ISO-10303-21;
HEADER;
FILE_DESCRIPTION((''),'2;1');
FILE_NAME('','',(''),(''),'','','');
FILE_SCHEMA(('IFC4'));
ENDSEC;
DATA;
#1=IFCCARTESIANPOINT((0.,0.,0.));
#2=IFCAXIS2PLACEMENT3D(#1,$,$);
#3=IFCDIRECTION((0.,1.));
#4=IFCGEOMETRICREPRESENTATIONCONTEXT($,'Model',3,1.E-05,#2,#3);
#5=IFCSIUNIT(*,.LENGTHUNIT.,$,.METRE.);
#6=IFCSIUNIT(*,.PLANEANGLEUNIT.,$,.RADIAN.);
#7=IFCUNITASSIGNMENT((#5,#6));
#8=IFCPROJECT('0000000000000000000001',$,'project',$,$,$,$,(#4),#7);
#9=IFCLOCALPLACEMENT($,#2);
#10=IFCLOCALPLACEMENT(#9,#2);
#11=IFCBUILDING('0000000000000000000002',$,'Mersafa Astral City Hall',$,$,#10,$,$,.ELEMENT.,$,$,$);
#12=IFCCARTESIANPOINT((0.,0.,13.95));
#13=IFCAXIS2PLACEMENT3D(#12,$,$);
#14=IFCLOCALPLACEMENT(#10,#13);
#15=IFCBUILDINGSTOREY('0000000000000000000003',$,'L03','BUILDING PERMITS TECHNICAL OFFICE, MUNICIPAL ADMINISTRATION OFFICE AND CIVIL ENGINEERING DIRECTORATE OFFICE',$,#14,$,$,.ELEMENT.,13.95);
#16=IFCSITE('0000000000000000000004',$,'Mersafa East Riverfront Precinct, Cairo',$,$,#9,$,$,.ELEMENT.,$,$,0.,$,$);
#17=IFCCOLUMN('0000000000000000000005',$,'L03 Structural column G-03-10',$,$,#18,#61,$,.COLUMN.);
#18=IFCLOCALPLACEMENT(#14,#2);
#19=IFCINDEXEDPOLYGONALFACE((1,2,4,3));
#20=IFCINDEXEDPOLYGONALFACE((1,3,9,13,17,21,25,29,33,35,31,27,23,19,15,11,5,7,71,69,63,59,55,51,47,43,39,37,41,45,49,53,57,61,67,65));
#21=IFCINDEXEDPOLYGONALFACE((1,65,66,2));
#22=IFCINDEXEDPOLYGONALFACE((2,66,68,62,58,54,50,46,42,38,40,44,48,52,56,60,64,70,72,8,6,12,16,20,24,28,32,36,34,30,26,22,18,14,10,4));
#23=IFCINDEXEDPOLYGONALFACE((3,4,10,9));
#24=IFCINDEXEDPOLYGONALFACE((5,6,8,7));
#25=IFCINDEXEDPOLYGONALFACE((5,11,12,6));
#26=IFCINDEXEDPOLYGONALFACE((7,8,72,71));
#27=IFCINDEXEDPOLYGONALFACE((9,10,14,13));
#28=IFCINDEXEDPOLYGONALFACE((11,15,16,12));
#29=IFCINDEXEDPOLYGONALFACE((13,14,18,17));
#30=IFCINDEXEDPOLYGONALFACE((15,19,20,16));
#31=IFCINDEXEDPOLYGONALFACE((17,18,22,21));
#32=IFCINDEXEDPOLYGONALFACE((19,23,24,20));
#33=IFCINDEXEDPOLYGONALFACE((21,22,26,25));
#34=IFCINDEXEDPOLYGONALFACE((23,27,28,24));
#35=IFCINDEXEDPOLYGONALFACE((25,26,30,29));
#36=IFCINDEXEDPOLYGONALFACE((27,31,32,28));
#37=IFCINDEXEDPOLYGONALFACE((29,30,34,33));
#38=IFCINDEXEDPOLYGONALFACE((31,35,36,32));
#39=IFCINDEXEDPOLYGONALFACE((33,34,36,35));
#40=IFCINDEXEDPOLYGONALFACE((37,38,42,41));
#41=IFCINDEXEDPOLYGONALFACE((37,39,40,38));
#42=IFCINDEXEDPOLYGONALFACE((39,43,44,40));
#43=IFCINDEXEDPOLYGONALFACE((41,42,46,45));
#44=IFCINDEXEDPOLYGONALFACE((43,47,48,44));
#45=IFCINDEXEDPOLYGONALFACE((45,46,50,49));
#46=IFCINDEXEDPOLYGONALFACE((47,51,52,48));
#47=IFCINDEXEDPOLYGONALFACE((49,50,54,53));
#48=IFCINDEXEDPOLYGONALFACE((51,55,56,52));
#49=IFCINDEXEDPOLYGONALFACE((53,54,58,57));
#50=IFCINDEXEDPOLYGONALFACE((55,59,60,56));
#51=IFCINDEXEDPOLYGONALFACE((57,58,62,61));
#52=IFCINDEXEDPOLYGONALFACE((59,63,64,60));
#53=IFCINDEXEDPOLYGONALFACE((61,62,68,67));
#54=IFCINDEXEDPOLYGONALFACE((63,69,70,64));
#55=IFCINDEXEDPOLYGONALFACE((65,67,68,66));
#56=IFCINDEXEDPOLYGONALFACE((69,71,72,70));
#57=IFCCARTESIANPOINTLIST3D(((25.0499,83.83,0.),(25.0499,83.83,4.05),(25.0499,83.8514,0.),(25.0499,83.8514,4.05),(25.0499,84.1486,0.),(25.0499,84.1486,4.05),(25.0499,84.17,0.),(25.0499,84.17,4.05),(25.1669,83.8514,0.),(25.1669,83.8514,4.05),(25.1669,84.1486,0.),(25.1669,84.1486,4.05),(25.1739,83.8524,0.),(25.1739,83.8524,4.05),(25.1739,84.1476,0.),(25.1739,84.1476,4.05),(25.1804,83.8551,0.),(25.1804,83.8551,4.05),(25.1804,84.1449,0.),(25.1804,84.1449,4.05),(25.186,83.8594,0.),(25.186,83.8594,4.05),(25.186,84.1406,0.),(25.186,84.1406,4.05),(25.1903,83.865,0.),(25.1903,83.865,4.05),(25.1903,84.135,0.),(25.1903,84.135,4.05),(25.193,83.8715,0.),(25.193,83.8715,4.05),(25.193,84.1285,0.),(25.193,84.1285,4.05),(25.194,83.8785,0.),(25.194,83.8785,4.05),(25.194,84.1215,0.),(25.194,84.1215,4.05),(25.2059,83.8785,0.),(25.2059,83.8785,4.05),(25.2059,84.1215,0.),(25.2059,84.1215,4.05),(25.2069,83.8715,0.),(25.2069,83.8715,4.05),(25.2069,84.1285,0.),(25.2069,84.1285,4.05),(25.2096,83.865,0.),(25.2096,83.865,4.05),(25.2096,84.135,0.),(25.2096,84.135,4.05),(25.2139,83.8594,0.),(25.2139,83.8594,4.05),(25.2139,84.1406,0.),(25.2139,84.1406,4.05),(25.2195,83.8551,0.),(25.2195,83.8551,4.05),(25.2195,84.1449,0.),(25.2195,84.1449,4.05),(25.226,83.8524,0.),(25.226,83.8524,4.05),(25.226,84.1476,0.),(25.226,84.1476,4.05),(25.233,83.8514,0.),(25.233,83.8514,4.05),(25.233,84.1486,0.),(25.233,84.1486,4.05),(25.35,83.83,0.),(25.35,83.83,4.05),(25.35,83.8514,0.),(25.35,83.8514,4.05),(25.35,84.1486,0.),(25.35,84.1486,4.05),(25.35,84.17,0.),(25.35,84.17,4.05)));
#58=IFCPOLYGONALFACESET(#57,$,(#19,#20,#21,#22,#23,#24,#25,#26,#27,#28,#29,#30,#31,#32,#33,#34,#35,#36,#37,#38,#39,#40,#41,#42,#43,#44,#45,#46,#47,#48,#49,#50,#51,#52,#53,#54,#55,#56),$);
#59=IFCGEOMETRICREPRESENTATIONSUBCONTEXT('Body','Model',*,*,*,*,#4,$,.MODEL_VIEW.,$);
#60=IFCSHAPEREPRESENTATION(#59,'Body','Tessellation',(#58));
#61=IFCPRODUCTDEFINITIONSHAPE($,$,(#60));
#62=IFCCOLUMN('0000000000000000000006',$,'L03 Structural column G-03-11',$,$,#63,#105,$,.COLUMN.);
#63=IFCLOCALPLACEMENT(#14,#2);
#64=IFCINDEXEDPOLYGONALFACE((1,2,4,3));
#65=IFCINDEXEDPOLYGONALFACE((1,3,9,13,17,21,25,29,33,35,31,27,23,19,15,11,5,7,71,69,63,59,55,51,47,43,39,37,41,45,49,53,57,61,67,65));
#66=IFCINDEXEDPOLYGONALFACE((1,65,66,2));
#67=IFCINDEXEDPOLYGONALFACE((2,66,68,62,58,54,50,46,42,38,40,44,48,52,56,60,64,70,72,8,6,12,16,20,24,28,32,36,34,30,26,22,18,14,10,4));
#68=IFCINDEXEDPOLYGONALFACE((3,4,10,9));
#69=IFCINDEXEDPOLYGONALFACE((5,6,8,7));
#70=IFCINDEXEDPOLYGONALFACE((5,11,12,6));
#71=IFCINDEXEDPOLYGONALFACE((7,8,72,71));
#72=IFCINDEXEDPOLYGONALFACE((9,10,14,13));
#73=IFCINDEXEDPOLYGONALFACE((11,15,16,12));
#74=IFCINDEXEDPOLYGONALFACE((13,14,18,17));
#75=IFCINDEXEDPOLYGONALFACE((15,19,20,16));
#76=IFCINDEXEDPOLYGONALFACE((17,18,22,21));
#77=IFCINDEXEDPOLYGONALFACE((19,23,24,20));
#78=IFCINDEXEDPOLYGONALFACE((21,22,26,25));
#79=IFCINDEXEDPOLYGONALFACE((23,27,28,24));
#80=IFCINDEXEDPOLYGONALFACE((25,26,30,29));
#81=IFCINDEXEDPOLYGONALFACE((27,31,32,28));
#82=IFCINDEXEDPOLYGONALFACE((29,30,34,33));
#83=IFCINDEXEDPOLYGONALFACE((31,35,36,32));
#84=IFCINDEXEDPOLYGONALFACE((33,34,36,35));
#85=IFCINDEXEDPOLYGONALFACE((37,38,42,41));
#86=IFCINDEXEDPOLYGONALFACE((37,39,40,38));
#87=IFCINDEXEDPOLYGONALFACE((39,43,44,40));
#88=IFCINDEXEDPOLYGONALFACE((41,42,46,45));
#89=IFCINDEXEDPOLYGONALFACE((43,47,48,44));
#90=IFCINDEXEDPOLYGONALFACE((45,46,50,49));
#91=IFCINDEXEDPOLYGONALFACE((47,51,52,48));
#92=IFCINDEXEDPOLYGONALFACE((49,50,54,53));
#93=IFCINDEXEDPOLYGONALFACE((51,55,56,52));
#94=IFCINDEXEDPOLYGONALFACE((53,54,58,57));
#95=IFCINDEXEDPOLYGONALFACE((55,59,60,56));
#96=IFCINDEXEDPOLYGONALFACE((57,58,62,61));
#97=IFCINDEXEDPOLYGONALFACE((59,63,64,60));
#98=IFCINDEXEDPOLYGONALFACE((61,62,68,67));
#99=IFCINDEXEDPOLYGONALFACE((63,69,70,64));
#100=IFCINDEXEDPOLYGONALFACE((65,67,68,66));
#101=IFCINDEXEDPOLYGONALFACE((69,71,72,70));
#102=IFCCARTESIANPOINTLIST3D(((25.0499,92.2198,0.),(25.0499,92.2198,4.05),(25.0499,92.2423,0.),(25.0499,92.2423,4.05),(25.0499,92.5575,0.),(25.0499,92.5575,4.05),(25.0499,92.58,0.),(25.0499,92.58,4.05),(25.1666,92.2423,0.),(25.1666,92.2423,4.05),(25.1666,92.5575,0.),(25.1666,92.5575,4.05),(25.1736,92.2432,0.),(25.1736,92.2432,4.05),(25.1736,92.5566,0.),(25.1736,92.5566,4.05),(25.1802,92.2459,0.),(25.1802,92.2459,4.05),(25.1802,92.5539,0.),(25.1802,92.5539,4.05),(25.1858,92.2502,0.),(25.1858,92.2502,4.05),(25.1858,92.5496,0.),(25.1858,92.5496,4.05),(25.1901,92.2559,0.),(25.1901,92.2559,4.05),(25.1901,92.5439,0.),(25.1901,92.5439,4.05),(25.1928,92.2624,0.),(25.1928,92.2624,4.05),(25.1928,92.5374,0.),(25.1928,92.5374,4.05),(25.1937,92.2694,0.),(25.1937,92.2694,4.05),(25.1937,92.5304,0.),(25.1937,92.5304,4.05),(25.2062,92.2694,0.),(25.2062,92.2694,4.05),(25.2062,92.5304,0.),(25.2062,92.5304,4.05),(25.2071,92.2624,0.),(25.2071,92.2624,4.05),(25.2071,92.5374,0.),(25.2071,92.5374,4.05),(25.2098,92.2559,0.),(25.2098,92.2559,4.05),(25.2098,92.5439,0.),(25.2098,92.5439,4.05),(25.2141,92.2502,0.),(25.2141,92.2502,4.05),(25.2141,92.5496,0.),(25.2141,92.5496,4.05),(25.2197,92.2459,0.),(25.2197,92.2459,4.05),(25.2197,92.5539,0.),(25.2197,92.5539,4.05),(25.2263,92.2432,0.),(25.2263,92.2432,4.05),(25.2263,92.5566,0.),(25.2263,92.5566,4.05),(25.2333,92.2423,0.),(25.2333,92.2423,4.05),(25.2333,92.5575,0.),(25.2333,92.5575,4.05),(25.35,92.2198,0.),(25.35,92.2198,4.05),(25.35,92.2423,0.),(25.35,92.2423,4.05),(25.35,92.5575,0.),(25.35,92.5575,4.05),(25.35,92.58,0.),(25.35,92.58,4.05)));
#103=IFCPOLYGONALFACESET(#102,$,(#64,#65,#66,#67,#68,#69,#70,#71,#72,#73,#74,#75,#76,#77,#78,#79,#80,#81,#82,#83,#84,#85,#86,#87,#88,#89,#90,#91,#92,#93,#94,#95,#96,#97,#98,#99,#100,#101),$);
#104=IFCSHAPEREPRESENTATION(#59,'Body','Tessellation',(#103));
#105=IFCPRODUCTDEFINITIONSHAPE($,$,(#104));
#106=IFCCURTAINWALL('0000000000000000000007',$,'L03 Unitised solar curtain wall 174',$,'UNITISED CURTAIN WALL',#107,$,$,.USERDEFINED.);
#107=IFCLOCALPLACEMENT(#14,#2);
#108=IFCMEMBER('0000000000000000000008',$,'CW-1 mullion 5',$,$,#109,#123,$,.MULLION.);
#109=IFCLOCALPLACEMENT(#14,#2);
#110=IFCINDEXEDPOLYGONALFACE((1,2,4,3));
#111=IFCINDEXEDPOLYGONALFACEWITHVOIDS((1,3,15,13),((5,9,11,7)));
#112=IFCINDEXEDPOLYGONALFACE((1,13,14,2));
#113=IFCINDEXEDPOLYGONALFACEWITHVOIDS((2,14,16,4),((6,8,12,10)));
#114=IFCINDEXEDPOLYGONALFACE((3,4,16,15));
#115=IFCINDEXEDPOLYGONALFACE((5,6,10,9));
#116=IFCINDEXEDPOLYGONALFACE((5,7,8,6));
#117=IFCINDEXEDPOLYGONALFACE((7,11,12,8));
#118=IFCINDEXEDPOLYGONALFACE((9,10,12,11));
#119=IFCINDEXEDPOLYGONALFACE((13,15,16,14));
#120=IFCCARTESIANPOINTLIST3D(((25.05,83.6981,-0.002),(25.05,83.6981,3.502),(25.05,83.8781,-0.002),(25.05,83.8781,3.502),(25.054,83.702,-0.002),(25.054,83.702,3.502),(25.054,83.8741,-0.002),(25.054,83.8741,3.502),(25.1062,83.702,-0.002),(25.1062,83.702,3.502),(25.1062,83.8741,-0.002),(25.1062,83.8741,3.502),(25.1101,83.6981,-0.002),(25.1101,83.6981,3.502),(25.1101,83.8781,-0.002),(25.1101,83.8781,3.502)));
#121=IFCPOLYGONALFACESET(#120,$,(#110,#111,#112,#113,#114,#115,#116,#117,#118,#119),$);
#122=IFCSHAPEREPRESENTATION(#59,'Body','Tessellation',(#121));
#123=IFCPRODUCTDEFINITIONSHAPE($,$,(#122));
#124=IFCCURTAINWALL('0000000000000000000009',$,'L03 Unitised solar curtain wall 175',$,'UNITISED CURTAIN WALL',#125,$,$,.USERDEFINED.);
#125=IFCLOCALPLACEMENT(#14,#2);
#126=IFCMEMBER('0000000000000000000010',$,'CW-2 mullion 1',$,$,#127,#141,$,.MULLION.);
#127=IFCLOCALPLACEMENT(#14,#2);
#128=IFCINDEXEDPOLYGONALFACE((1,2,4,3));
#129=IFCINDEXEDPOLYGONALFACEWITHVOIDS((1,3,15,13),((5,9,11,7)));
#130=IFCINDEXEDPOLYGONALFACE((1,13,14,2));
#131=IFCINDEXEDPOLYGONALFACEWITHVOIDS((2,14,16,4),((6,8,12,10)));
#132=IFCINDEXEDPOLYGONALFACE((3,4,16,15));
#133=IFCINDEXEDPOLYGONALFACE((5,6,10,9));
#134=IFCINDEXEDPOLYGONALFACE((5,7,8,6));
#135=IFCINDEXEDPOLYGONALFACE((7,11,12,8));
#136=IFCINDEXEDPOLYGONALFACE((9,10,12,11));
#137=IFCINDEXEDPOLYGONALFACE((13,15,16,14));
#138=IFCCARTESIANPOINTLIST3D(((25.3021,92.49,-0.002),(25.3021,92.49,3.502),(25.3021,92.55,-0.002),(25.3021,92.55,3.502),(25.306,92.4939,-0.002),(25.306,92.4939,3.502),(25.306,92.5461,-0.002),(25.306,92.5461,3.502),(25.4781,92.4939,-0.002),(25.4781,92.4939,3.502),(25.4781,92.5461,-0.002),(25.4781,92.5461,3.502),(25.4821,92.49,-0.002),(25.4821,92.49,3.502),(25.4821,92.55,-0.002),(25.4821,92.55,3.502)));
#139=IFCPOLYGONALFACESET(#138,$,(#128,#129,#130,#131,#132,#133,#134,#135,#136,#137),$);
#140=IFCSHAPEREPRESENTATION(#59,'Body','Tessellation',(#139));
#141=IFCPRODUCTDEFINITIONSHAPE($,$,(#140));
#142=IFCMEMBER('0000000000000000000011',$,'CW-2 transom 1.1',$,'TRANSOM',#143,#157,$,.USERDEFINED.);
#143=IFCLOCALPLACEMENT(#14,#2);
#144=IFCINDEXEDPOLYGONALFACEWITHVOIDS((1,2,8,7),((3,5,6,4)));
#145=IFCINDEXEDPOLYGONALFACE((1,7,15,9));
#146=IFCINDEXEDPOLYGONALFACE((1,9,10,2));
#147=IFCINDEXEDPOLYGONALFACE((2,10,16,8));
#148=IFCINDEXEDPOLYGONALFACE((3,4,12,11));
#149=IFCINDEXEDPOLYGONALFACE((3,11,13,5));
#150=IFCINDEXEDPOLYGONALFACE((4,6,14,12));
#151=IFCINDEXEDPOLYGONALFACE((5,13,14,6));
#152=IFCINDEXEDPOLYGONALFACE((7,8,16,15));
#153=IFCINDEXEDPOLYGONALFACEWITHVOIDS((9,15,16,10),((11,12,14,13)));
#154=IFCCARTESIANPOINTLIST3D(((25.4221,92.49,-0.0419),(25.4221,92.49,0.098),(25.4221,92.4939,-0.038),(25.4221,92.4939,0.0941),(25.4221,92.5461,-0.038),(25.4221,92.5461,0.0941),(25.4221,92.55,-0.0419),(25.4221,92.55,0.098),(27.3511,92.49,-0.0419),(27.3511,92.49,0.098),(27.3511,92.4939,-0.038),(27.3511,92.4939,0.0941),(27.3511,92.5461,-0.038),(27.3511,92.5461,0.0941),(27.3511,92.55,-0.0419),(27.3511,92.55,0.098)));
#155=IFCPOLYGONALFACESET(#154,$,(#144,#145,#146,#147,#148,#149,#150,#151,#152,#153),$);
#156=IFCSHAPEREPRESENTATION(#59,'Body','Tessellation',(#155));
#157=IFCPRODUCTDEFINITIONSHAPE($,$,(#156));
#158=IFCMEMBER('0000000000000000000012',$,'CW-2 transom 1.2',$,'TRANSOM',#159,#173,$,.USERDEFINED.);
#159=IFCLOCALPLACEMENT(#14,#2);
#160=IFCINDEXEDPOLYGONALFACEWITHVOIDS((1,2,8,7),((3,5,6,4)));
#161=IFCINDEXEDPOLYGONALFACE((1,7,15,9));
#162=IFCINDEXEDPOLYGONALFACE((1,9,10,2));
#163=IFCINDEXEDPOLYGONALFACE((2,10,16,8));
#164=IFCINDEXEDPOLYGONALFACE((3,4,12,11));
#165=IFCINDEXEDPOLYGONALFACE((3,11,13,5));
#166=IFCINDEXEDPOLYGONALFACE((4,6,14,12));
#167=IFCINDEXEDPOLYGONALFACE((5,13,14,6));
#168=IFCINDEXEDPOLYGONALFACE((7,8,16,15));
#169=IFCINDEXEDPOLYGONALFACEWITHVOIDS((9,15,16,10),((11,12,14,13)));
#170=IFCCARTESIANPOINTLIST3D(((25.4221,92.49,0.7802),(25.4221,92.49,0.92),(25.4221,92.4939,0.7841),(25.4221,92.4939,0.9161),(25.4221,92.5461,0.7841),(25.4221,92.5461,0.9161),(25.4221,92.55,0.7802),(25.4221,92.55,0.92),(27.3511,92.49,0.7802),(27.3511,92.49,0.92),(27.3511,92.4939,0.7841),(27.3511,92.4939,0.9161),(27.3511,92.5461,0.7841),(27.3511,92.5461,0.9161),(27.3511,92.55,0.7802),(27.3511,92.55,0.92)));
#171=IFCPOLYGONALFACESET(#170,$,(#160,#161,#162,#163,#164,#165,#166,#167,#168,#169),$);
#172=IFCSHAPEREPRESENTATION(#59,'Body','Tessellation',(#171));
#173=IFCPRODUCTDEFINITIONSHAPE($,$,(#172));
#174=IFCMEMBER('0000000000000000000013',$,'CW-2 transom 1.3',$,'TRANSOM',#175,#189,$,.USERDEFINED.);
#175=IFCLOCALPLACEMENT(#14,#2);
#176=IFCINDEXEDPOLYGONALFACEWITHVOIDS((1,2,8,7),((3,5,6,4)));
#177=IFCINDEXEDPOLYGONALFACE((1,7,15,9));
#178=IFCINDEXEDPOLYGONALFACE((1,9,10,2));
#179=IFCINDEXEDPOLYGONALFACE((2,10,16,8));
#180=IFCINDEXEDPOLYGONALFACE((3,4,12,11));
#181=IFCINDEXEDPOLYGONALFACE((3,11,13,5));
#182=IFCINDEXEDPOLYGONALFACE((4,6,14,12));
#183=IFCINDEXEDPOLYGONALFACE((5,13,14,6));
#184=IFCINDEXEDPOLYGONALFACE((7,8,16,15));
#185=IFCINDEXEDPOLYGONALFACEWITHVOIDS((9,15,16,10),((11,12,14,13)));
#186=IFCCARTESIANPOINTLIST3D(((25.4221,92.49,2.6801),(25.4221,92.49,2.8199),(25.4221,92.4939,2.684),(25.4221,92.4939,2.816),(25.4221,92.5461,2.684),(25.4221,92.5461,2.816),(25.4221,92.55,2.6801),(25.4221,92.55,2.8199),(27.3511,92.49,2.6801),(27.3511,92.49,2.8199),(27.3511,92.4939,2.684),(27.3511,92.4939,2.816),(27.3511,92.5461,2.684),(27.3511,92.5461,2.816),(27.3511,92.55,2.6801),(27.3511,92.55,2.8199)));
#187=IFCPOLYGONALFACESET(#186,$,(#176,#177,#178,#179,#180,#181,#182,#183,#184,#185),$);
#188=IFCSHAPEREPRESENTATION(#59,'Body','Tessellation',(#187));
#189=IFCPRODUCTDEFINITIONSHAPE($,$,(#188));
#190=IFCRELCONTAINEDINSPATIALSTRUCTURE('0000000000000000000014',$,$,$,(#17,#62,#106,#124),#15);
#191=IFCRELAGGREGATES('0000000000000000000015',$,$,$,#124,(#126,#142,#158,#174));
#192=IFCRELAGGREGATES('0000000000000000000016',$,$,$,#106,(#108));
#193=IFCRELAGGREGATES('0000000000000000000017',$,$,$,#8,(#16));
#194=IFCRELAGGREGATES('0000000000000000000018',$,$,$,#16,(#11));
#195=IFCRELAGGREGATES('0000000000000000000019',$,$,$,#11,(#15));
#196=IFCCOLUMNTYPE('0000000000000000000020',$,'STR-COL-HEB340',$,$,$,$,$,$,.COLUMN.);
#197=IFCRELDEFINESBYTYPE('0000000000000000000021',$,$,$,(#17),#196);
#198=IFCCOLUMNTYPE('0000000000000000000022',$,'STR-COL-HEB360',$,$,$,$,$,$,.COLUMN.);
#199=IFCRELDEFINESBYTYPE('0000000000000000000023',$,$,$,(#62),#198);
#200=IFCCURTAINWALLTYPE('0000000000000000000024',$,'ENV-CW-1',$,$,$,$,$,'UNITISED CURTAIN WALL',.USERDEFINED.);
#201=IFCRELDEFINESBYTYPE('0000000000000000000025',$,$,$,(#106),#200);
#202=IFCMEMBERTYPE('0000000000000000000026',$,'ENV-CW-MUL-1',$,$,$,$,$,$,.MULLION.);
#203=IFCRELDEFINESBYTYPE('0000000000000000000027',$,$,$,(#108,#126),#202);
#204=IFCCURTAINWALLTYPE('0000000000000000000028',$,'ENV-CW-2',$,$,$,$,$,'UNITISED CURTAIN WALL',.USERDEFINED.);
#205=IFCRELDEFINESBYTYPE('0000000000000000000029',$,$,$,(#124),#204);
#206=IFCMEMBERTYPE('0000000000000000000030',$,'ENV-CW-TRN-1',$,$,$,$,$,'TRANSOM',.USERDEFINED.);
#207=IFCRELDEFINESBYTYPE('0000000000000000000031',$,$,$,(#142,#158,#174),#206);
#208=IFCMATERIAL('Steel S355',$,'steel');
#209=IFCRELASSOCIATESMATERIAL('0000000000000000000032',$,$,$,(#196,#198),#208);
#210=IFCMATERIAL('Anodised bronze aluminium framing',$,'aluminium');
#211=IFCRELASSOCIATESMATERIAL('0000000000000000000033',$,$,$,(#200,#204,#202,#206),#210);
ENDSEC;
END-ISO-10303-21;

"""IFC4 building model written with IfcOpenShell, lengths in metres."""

from ifc_helpers import new_model, si_unit, direction, frame, origin, origin_2d, place, context, subcontext, project, spatial, hollow_rectangle, i_section, extrude, material, material_profile, profile_set, type_object, element, aggregate, save


model = new_model("IFC4")

# Units and contexts
model_context = context("Model", 3, precision=1e-05, world=origin(), true_north=direction((0.0, 1.0)))
body_context = subcontext(model_context, "Body", "Model", "MODEL_VIEW")
ifc_project = project(units=[si_unit("LENGTHUNIT", "METRE"), si_unit("PLANEANGLEUNIT", "RADIAN")], contexts=[model_context])

# Site, building, storey
site_placement = place(None, origin())
site = spatial("IfcSite", under=ifc_project, at=site_placement, Name="Mersafa East Riverfront Precinct, Cairo", CompositionType="ELEMENT", RefElevation=0.0)
building_placement = place(site_placement, origin())
building = spatial("IfcBuilding", under=site, at=building_placement, Name="Mersafa Astral City Hall", CompositionType="ELEMENT")
storey_placement = place(building_placement, frame((0.0, 0.0, 13.95)))
storey = spatial("IfcBuildingStorey", under=building, at=storey_placement, Name="L03", Description="BUILDING PERMITS TECHNICAL OFFICE, MUNICIPAL ADMINISTRATION OFFICE AND CIVIL ENGINEERING DIRECTORATE OFFICE", CompositionType="ELEMENT", Elevation=13.95)

# Columns
ifc_material_1 = material(Name="Steel S355", Category="steel")
ifc_material_profile_1 = material_profile(ifc_material_1, i_section(OverallWidth=0.3, OverallDepth=0.3401, WebThickness=0.012, FlangeThickness=0.0215, FilletRadius=0.0271, at=origin_2d()), Name="HEB 340")
ifc_profile_set_1 = profile_set([ifc_material_profile_1], Name="Steel S355")
column_type_1 = type_object("IfcColumnType", Name="STR-COL-HEB340", PredefinedType="COLUMN", material=ifc_profile_set_1)
column_1_placement = place(storey_placement, frame((25.2, 84.0, 0.0), z_axis=(0.0, 0.0, 1.0), x_axis=(1.0, 0.0, 0.0)))
element("IfcColumn", 1, at=column_1_placement, inside=storey, type_object=column_type_1, Name="L03 Structural column G-03-10", PredefinedType="COLUMN", context=body_context, shape_type="SweptSolid", body=[
    extrude(i_section(OverallWidth=0.3, OverallDepth=0.3401, WebThickness=0.012, FlangeThickness=0.0215, FilletRadius=0.0271, at=origin_2d()), origin(), (0.0, 0.0, 1.0), 4.05),
])
ifc_material_profile_2 = material_profile(ifc_material_1, i_section(OverallWidth=0.3, OverallDepth=0.3601, WebThickness=0.0125, FlangeThickness=0.0225, FilletRadius=0.0271, at=origin_2d()), Name="HEB 360")
ifc_profile_set_2 = profile_set([ifc_material_profile_2], Name="Steel S355")
column_type_2 = type_object("IfcColumnType", Name="STR-COL-HEB360", PredefinedType="COLUMN", material=ifc_profile_set_2)
column_2_placement = place(storey_placement, frame((25.2, 92.3999, 0.0), z_axis=(0.0, 0.0, 1.0), x_axis=(1.0, 0.0, 0.0)))
element("IfcColumn", 2, at=column_2_placement, inside=storey, type_object=column_type_2, Name="L03 Structural column G-03-11", PredefinedType="COLUMN", context=body_context, shape_type="SweptSolid", body=[
    extrude(i_section(OverallWidth=0.3, OverallDepth=0.3601, WebThickness=0.0125, FlangeThickness=0.0225, FilletRadius=0.0271, at=origin_2d()), origin(), (0.0, 0.0, 1.0), 4.05),
])

# Curtain wall, member
ifc_material_2 = material(Name="Anodised bronze aluminium framing", Category="aluminium")
curtain_wall_type_1 = type_object("IfcCurtainWallType", Name="ENV-CW-1", ElementType="UNITISED CURTAIN WALL", PredefinedType="USERDEFINED", material=ifc_material_2)
curtain_wall_1_placement = place(storey_placement, origin())
curtain_wall_1 = element("IfcCurtainWall", 3, at=curtain_wall_1_placement, inside=storey, type_object=curtain_wall_type_1, Name="L03 Unitised solar curtain wall 174", ObjectType="UNITISED CURTAIN WALL", PredefinedType="USERDEFINED")
ifc_material_profile_3 = material_profile(ifc_material_2, hollow_rectangle(XDim=0.0601, YDim=0.1799, WallThickness=0.0039, at=origin_2d()), Name="RHS 60x180x4")
ifc_profile_set_3 = profile_set([ifc_material_profile_3], Name="Anodised bronze aluminium framing")
member_type_1 = type_object("IfcMemberType", Name="ENV-CW-MUL-1", PredefinedType="MULLION", material=ifc_profile_set_3)
member_1_placement = place(storey_placement, frame((25.0801, 83.7881, -0.002), z_axis=(0.0, 0.0, 1.0), x_axis=(-1.0, 0.0, 0.0)))
member_1 = element("IfcMember", 4, at=member_1_placement, type_object=member_type_1, Name="CW-1 mullion 5", PredefinedType="MULLION", context=body_context, shape_type="SweptSolid", body=[
    extrude(hollow_rectangle(XDim=0.0601, YDim=0.1799, WallThickness=0.0039, at=origin_2d()), origin(), (0.0, 0.0, 1.0), 3.5039),
])

# Curtain wall, members
curtain_wall_type_2 = type_object("IfcCurtainWallType", Name="ENV-CW-2", ElementType="UNITISED CURTAIN WALL", PredefinedType="USERDEFINED", material=ifc_material_2)
curtain_wall_2_placement = place(storey_placement, origin())
curtain_wall_2 = element("IfcCurtainWall", 5, at=curtain_wall_2_placement, inside=storey, type_object=curtain_wall_type_2, Name="L03 Unitised solar curtain wall 175", ObjectType="UNITISED CURTAIN WALL", PredefinedType="USERDEFINED")
member_2_placement = place(storey_placement, frame((25.3921, 92.52, -0.002), z_axis=(0.0, 0.0, 1.0), x_axis=(0.0, 1.0, 0.0)))
member_2 = element("IfcMember", 6, at=member_2_placement, type_object=member_type_1, Name="CW-2 mullion 1", PredefinedType="MULLION", context=body_context, shape_type="SweptSolid", body=[
    extrude(hollow_rectangle(XDim=0.0601, YDim=0.1799, WallThickness=0.0039, at=origin_2d()), origin(), (0.0, 0.0, 1.0), 3.5039),
])
ifc_material_profile_4 = material_profile(ifc_material_2, hollow_rectangle(XDim=0.0601, YDim=0.1399, WallThickness=0.0039, at=origin_2d()), Name="RHS 60x140x4")
ifc_profile_set_4 = profile_set([ifc_material_profile_4], Name="Anodised bronze aluminium framing")
member_type_2 = type_object("IfcMemberType", Name="ENV-CW-TRN-1", ElementType="TRANSOM", PredefinedType="USERDEFINED", material=ifc_profile_set_4)
member_3_placement = place(storey_placement, frame((25.4221, 92.52, 0.0281), z_axis=(1.0, 0.0, 0.0), x_axis=(0.0, 1.0, 0.0)))
member_3 = element("IfcMember", 7, at=member_3_placement, type_object=member_type_2, Name="CW-2 transom 1.1", ObjectType="TRANSOM", PredefinedType="USERDEFINED", context=body_context, shape_type="SweptSolid", body=[
    extrude(hollow_rectangle(XDim=0.0601, YDim=0.1399, WallThickness=0.0039, at=origin_2d()), origin(), (0.0, 0.0, 1.0), 1.929),
])
member_4_placement = place(storey_placement, frame((25.4221, 92.52, 0.8501), z_axis=(1.0, 0.0, 0.0), x_axis=(0.0, 1.0, 0.0)))
member_4 = element("IfcMember", 8, at=member_4_placement, type_object=member_type_2, Name="CW-2 transom 1.2", ObjectType="TRANSOM", PredefinedType="USERDEFINED", context=body_context, shape_type="SweptSolid", body=[
    extrude(hollow_rectangle(XDim=0.0601, YDim=0.1399, WallThickness=0.0039, at=origin_2d()), origin(), (0.0, 0.0, 1.0), 1.929),
])
member_5_placement = place(storey_placement, frame((25.4221, 92.52, 2.75), z_axis=(1.0, 0.0, 0.0), x_axis=(0.0, 1.0, 0.0)))
member_5 = element("IfcMember", 9, at=member_5_placement, type_object=member_type_2, Name="CW-2 transom 1.3", ObjectType="TRANSOM", PredefinedType="USERDEFINED", context=body_context, shape_type="SweptSolid", body=[
    extrude(hollow_rectangle(XDim=0.0601, YDim=0.1399, WallThickness=0.0039, at=origin_2d()), origin(), (0.0, 0.0, 1.0), 1.929),
])
aggregate(curtain_wall_2, [member_2, member_3, member_4, member_5])

aggregate(curtain_wall_1, [member_1])

save(model, "model.ifc")
